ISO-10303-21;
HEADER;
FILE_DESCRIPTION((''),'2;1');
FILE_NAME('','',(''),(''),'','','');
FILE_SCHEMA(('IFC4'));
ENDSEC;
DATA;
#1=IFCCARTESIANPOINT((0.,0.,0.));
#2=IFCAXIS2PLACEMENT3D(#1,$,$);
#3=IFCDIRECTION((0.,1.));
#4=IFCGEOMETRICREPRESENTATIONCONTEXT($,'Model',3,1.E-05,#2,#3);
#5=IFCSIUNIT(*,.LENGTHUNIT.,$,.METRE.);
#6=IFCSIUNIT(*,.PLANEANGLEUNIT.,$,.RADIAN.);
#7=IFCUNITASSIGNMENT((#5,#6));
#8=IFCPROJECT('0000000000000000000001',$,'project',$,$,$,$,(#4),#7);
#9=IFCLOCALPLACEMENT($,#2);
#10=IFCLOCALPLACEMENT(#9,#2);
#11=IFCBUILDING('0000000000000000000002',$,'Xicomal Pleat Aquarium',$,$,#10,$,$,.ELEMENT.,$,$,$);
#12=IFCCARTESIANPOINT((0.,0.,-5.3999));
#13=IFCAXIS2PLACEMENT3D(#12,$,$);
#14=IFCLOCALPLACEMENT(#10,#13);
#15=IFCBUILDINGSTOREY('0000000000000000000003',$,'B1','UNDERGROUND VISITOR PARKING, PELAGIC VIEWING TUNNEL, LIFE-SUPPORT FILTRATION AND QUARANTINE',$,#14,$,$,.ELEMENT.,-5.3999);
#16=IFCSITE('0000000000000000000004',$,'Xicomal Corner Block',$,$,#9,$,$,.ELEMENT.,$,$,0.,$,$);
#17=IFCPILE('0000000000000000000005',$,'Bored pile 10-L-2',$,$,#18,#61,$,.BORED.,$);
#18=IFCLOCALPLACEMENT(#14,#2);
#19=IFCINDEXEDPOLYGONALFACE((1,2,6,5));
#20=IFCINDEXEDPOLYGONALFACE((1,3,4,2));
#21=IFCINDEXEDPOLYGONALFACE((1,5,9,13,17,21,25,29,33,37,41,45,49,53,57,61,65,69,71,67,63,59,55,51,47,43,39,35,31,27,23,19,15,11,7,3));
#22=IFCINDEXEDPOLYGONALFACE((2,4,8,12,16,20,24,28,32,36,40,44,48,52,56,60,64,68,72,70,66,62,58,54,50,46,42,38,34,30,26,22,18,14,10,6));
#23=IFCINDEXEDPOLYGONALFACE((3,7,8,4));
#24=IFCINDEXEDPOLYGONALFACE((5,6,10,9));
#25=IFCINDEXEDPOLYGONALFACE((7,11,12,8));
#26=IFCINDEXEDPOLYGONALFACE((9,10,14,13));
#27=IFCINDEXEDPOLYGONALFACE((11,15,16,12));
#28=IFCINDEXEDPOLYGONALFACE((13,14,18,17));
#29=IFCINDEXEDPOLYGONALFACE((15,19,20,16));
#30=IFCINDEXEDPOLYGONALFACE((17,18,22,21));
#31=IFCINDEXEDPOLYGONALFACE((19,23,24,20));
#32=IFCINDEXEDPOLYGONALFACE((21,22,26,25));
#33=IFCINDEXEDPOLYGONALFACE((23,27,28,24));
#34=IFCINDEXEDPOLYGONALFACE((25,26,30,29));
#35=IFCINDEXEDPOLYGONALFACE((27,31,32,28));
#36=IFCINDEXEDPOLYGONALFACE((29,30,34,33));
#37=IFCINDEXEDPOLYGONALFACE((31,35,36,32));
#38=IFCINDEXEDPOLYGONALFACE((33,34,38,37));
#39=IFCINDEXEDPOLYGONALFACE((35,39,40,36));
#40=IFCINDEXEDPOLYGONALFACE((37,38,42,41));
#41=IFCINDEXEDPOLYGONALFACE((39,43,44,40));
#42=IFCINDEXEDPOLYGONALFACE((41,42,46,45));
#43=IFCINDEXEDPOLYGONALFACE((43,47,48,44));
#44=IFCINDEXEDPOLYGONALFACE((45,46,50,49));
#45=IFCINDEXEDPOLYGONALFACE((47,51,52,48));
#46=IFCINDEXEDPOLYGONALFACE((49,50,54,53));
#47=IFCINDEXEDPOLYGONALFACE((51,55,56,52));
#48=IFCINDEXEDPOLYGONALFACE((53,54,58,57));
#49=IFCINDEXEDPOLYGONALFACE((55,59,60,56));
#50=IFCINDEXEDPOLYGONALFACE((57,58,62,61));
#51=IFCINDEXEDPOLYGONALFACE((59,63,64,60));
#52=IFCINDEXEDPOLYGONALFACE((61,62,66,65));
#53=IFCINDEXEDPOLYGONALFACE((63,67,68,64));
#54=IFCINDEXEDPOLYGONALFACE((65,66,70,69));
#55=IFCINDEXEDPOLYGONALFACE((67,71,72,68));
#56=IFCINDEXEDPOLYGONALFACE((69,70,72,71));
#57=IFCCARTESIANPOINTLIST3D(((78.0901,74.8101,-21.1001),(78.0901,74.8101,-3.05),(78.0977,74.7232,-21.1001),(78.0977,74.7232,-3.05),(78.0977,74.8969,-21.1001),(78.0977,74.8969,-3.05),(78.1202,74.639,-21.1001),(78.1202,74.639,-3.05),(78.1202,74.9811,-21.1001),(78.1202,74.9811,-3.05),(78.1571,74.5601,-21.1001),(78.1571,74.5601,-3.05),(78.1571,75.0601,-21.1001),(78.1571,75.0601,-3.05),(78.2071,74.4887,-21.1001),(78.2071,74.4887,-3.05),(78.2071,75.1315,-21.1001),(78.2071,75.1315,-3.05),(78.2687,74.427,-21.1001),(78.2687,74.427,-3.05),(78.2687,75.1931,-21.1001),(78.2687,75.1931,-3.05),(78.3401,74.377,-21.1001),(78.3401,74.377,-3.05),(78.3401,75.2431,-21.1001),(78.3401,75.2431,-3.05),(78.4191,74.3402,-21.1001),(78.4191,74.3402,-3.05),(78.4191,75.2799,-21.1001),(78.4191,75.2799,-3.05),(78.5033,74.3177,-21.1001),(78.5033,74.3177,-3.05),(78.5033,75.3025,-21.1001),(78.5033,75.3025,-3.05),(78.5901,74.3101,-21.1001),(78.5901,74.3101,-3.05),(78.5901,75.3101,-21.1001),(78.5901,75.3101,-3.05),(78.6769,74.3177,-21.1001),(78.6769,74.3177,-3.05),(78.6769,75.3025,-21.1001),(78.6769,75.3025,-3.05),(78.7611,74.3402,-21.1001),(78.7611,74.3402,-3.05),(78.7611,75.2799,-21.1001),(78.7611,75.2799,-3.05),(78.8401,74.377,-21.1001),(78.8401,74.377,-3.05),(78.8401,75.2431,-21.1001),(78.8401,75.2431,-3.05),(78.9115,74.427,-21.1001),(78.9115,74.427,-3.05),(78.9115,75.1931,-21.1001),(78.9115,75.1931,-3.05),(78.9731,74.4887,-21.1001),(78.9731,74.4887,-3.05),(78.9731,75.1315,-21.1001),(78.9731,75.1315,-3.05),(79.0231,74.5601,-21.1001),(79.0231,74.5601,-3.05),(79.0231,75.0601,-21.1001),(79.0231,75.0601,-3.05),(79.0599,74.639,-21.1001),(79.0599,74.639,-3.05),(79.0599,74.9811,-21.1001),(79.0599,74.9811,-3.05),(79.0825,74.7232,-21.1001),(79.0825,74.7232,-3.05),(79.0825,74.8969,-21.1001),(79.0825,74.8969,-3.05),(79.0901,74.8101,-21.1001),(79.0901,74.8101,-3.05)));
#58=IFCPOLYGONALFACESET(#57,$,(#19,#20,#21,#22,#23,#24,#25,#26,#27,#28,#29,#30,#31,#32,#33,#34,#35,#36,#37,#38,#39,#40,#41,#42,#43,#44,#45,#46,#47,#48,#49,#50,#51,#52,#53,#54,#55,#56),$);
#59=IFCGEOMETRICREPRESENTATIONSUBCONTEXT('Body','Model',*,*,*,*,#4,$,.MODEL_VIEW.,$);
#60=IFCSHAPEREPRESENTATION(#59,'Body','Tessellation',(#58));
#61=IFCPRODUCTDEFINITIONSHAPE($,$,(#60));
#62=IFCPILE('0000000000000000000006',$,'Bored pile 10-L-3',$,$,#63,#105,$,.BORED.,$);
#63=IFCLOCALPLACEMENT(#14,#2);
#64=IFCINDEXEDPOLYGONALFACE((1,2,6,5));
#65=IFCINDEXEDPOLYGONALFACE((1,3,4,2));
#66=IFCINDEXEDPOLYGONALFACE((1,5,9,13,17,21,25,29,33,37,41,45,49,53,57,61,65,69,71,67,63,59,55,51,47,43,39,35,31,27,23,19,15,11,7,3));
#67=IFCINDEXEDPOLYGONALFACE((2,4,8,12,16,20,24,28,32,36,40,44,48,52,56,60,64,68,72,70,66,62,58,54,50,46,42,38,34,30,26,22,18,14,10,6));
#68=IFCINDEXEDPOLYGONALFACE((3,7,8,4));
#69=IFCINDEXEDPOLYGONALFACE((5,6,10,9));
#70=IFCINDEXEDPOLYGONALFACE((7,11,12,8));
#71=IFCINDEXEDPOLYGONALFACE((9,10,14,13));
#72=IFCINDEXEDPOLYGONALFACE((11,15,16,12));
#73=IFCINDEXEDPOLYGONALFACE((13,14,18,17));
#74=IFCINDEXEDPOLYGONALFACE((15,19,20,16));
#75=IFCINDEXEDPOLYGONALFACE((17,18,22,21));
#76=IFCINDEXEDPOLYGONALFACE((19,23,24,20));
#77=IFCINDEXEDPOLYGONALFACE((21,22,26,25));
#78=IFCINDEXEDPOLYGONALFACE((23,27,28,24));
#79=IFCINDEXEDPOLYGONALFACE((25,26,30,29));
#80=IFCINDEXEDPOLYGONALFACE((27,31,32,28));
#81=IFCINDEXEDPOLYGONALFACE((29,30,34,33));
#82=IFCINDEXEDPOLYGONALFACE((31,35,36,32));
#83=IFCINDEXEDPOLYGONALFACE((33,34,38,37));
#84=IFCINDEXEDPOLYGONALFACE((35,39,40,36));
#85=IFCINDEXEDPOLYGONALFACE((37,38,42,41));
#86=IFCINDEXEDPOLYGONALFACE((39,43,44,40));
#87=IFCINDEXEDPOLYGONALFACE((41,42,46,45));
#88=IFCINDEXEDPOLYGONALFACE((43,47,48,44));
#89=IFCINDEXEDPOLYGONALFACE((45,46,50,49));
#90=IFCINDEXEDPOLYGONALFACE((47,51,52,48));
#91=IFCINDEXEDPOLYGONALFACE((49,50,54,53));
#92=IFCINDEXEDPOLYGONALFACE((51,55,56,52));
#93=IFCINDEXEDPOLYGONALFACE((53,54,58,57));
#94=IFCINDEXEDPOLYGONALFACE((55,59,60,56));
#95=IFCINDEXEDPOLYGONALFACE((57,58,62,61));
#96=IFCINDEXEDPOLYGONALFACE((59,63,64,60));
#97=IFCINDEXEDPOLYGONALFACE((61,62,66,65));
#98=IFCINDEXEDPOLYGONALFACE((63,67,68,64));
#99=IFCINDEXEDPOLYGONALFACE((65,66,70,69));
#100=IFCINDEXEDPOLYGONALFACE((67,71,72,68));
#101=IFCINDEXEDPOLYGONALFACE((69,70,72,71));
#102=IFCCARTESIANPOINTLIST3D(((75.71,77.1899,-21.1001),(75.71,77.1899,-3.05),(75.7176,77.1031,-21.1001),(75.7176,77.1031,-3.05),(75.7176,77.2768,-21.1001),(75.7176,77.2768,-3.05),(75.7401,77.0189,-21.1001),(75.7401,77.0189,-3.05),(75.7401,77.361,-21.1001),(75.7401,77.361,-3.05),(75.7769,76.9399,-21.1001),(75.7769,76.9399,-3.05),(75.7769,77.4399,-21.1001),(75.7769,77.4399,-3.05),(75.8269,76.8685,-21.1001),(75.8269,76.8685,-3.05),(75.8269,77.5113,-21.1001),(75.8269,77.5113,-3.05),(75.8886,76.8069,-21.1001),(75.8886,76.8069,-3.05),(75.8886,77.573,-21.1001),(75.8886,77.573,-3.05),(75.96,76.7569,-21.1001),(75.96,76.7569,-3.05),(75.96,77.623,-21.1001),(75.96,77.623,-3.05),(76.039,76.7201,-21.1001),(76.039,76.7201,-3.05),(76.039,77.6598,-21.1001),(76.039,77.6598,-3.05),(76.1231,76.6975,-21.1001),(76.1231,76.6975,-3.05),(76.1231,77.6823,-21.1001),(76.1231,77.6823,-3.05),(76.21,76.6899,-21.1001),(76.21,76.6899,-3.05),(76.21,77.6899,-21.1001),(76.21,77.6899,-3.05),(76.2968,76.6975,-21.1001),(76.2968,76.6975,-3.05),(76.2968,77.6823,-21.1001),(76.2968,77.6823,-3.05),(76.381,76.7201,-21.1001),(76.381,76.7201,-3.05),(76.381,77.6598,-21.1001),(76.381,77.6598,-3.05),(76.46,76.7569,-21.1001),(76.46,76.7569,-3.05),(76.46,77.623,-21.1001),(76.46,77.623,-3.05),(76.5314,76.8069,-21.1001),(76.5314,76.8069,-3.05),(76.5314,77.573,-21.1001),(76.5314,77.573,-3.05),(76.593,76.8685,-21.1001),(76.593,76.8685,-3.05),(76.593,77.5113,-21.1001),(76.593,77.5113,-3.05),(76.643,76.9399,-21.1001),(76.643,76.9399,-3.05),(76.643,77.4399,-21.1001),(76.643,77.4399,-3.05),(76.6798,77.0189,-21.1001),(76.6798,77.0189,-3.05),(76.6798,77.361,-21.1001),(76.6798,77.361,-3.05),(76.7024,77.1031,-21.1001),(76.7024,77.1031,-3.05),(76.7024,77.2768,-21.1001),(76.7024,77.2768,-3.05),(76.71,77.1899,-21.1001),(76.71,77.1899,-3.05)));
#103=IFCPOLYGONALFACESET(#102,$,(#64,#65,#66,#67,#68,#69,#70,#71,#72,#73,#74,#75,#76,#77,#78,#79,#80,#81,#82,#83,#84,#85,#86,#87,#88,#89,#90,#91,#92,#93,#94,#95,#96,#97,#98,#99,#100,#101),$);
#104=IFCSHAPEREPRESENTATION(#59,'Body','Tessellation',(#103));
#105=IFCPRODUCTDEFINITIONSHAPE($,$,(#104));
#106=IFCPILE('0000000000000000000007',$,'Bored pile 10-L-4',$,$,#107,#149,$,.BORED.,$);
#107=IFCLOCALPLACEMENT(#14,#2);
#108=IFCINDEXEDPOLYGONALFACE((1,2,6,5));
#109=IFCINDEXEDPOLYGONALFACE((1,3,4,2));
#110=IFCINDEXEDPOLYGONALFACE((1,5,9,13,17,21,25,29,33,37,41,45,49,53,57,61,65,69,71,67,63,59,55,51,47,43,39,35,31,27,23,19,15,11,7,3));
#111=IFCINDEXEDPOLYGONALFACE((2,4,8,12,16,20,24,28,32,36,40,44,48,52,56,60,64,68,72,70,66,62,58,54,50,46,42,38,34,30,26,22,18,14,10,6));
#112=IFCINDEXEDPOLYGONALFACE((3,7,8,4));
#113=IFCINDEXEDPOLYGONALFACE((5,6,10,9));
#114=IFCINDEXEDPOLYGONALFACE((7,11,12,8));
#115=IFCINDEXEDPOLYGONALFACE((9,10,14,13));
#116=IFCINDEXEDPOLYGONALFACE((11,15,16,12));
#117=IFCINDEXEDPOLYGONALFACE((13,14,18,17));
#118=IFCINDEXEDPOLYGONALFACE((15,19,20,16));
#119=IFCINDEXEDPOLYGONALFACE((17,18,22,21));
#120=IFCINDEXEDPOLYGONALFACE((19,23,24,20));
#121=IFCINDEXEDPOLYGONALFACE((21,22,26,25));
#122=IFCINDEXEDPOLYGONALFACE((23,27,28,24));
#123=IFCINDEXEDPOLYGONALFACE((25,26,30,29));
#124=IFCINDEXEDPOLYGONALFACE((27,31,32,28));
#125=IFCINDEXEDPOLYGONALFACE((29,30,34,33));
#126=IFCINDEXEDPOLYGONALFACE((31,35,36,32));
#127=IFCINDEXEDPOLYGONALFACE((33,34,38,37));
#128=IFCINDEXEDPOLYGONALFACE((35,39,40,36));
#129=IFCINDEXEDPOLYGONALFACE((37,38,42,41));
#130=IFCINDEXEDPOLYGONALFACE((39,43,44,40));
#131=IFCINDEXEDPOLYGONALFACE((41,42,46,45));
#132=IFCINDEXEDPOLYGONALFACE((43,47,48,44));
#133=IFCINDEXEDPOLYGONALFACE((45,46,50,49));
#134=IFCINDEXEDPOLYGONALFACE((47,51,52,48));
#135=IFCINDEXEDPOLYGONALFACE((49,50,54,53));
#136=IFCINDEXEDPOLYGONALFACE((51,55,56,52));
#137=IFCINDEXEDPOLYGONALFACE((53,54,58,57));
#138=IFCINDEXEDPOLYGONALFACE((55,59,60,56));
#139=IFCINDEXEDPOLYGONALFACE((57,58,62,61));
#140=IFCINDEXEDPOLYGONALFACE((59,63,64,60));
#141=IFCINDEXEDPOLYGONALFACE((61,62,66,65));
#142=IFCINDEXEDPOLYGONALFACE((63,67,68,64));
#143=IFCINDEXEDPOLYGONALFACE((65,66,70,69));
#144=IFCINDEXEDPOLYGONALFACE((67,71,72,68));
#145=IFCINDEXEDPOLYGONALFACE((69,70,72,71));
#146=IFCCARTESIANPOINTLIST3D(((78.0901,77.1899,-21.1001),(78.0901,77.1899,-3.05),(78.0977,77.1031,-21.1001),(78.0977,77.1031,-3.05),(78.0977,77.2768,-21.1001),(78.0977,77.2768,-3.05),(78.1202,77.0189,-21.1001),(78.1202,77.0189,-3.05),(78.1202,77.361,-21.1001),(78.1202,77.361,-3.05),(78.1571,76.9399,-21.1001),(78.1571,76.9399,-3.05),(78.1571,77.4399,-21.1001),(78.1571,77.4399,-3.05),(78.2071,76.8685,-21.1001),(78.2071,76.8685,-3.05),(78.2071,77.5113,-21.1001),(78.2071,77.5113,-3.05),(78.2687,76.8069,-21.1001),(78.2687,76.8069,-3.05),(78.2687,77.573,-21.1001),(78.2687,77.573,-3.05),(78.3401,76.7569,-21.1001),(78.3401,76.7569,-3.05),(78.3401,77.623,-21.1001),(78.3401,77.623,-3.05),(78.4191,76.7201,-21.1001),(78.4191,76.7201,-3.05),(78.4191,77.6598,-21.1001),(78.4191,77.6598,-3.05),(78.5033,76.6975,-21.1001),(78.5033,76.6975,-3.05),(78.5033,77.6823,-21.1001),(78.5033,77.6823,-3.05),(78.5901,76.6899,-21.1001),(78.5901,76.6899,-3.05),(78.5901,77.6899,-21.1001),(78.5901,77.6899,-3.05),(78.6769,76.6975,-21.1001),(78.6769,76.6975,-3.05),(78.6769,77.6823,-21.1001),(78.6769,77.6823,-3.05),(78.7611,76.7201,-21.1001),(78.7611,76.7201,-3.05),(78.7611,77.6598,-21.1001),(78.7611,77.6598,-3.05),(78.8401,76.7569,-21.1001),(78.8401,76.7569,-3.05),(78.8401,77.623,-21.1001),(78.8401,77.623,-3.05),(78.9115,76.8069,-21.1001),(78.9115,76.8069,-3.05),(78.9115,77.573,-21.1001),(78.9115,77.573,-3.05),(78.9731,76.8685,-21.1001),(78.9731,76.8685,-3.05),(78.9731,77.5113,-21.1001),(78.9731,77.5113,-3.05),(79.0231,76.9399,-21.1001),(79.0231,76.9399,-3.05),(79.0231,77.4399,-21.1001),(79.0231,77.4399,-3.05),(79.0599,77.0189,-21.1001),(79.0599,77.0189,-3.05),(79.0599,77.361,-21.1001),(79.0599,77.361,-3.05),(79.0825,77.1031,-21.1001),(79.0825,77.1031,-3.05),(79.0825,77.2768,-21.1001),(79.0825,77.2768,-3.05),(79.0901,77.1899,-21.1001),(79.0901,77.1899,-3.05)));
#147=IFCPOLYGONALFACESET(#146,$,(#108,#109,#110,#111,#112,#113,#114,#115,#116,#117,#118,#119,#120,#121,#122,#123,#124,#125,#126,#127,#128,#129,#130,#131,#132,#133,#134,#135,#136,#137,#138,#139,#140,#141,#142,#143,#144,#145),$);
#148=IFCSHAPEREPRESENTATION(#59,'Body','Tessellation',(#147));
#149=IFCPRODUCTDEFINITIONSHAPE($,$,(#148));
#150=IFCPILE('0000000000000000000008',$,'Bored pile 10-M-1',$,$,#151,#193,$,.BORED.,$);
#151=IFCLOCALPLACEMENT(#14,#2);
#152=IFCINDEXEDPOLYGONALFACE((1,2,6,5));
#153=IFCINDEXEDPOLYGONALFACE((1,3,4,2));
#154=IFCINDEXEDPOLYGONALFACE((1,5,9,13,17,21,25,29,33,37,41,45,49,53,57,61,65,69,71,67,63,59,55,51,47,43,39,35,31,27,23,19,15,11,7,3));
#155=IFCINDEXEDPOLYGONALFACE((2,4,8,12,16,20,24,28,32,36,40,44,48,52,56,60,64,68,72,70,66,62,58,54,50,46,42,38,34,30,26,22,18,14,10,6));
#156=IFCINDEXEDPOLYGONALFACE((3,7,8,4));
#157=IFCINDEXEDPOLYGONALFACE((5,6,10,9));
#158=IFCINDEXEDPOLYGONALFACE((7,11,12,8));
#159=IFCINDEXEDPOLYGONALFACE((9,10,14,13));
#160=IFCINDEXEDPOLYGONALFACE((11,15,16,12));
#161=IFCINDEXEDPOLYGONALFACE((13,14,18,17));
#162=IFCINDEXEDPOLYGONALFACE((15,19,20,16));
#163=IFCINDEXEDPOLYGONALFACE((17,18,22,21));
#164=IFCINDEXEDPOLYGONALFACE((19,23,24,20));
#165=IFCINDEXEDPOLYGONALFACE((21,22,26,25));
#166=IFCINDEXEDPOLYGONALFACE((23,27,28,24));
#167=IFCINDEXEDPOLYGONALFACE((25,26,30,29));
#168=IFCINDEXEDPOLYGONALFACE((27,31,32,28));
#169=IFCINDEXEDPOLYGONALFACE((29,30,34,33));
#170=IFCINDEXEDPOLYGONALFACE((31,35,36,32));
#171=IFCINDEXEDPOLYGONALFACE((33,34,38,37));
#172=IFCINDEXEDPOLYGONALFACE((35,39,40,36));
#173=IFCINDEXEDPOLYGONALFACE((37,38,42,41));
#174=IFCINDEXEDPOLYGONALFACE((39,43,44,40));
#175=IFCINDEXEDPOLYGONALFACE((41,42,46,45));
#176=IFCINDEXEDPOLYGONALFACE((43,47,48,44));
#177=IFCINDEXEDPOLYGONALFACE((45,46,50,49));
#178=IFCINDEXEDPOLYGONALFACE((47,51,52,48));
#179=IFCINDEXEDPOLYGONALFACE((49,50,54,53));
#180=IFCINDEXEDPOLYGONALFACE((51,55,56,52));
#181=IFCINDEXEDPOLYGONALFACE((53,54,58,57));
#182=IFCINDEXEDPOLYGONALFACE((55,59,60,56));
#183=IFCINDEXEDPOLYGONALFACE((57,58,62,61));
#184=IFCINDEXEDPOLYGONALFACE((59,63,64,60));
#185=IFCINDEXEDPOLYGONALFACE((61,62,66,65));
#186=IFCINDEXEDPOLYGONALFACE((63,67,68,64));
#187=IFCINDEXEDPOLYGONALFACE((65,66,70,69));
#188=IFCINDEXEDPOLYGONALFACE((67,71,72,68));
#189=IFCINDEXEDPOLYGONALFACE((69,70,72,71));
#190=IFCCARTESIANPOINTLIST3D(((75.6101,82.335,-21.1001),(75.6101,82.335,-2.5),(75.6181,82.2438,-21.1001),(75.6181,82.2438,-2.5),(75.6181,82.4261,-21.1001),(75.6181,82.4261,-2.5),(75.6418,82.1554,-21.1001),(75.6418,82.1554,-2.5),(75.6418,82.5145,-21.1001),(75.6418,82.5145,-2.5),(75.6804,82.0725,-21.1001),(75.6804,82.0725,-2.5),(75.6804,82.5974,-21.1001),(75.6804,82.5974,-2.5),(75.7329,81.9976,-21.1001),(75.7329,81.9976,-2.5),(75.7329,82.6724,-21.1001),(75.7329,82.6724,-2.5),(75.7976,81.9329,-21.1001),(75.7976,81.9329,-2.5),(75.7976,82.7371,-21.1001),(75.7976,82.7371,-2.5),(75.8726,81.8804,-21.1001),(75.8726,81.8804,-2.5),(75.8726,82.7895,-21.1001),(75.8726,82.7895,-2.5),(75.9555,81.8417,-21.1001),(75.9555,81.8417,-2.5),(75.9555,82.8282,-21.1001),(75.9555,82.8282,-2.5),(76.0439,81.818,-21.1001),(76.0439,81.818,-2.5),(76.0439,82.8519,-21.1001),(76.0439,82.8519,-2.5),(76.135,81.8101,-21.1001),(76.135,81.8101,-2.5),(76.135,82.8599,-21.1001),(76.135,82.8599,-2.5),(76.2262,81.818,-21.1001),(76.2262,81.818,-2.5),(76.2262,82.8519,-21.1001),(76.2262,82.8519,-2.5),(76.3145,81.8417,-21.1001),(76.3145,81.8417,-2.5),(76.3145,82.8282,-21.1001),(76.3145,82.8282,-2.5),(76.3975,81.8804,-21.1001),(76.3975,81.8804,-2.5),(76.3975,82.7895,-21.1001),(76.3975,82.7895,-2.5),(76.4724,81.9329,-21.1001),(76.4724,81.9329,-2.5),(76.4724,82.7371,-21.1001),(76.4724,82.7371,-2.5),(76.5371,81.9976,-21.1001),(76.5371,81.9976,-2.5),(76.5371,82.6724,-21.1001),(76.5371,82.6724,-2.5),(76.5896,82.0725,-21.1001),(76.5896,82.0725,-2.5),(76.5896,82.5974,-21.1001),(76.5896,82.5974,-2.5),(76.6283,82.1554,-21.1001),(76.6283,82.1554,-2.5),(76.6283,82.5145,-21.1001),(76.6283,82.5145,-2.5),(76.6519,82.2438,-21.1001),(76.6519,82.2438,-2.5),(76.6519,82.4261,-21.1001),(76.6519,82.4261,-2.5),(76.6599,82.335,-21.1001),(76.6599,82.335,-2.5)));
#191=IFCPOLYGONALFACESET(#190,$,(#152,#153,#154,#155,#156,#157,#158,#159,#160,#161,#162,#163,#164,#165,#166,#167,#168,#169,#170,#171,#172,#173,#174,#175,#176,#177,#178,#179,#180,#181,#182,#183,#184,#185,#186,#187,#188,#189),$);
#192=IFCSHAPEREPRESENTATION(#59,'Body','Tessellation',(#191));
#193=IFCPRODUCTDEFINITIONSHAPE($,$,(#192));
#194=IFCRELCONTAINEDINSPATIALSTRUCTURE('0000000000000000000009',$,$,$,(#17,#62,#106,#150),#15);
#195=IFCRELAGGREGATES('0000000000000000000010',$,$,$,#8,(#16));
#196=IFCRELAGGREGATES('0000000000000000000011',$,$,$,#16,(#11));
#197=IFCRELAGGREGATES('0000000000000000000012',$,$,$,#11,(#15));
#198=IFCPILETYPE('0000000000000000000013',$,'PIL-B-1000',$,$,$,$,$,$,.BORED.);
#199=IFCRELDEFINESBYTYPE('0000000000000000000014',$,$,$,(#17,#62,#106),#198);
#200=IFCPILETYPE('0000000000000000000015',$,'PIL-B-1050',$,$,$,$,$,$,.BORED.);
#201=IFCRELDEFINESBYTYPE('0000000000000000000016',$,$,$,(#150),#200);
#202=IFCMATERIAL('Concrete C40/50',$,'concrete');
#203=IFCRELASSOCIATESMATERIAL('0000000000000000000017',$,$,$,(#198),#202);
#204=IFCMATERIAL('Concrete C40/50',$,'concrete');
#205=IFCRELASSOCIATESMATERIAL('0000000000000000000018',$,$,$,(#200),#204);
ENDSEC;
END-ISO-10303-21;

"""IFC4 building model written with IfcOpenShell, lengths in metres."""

from ifc_helpers import new_model, si_unit, direction, frame, origin, origin_2d, place, context, subcontext, project, spatial, circle, extrude, material, material_profile, profile_set, type_object, element, save


model = new_model("IFC4")

# Units and contexts
model_context = context("Model", 3, precision=1e-05, world=origin(), true_north=direction((0.0, 1.0)))
body_context = subcontext(model_context, "Body", "Model", "MODEL_VIEW")
ifc_project = project(units=[si_unit("LENGTHUNIT", "METRE"), si_unit("PLANEANGLEUNIT", "RADIAN")], contexts=[model_context])

# Site, building, storey
site_placement = place(None, origin())
site = spatial("IfcSite", under=ifc_project, at=site_placement, Name="Xicomal Corner Block", CompositionType="ELEMENT", RefElevation=0.0)
building_placement = place(site_placement, origin())
building = spatial("IfcBuilding", under=site, at=building_placement, Name="Xicomal Pleat Aquarium", CompositionType="ELEMENT")
storey_placement = place(building_placement, frame((0.0, 0.0, -5.3999)))
storey = spatial("IfcBuildingStorey", under=building, at=storey_placement, Name="B1", Description="UNDERGROUND VISITOR PARKING, PELAGIC VIEWING TUNNEL, LIFE-SUPPORT FILTRATION AND QUARANTINE", CompositionType="ELEMENT", Elevation=-5.3999)

# Piles
ifc_material_1 = material(Name="Concrete C40/50", Category="concrete")
ifc_material_profile_1 = material_profile(ifc_material_1, circle(Radius=0.5, at=origin_2d()), Name="BORED PILE D1000")
ifc_profile_set_1 = profile_set([ifc_material_profile_1], Name="Concrete C40/50")
pile_type_1 = type_object("IfcPileType", Name="PIL-B-1000", PredefinedType="BORED", material=ifc_profile_set_1)
for number, where, z_axis, x_axis, name in (
    (1, (78.5901, 74.8101, -3.05), (0.0, 0.0, -1.0), (1.0, 0.0, 0.0), "Bored pile 10-L-2"),
    (2, (76.21, 77.1899, -3.05), (0.0, 0.0, -1.0), (1.0, 0.0, 0.0), "Bored pile 10-L-3"),
    (3, (78.5901, 77.1899, -3.05), (0.0, 0.0, -1.0), (1.0, 0.0, 0.0), "Bored pile 10-L-4"),
):
    element("IfcPile", number, at=place(storey_placement, frame(where, z_axis=z_axis, x_axis=x_axis)), inside=storey, type_object=pile_type_1, Name=name, PredefinedType="BORED", context=body_context, shape_type="SweptSolid", body=[
        extrude(circle(Radius=0.5, at=origin_2d()), origin(), (0.0, 0.0, 1.0), 18.05),
    ])
ifc_material_2 = material(Name="Concrete C40/50", Category="concrete")
ifc_material_profile_2 = material_profile(ifc_material_2, circle(Radius=0.5249, at=origin_2d()), Name="BORED PILE D1050")
ifc_profile_set_2 = profile_set([ifc_material_profile_2], Name="Concrete C40/50")
pile_type_2 = type_object("IfcPileType", Name="PIL-B-1050", PredefinedType="BORED", material=ifc_profile_set_2)
for number, where, z_axis, x_axis, name in (
    (4, (76.135, 82.335, -2.5), (0.0, 0.0, -1.0), (1.0, 0.0, 0.0), "Bored pile 10-M-1"),
):
    element("IfcPile", number, at=place(storey_placement, frame(where, z_axis=z_axis, x_axis=x_axis)), inside=storey, type_object=pile_type_2, Name=name, PredefinedType="BORED", context=body_context, shape_type="SweptSolid", body=[
        extrude(circle(Radius=0.5249, at=origin_2d()), origin(), (0.0, 0.0, 1.0), 18.6001),
    ])

save(model, "model.ifc")
